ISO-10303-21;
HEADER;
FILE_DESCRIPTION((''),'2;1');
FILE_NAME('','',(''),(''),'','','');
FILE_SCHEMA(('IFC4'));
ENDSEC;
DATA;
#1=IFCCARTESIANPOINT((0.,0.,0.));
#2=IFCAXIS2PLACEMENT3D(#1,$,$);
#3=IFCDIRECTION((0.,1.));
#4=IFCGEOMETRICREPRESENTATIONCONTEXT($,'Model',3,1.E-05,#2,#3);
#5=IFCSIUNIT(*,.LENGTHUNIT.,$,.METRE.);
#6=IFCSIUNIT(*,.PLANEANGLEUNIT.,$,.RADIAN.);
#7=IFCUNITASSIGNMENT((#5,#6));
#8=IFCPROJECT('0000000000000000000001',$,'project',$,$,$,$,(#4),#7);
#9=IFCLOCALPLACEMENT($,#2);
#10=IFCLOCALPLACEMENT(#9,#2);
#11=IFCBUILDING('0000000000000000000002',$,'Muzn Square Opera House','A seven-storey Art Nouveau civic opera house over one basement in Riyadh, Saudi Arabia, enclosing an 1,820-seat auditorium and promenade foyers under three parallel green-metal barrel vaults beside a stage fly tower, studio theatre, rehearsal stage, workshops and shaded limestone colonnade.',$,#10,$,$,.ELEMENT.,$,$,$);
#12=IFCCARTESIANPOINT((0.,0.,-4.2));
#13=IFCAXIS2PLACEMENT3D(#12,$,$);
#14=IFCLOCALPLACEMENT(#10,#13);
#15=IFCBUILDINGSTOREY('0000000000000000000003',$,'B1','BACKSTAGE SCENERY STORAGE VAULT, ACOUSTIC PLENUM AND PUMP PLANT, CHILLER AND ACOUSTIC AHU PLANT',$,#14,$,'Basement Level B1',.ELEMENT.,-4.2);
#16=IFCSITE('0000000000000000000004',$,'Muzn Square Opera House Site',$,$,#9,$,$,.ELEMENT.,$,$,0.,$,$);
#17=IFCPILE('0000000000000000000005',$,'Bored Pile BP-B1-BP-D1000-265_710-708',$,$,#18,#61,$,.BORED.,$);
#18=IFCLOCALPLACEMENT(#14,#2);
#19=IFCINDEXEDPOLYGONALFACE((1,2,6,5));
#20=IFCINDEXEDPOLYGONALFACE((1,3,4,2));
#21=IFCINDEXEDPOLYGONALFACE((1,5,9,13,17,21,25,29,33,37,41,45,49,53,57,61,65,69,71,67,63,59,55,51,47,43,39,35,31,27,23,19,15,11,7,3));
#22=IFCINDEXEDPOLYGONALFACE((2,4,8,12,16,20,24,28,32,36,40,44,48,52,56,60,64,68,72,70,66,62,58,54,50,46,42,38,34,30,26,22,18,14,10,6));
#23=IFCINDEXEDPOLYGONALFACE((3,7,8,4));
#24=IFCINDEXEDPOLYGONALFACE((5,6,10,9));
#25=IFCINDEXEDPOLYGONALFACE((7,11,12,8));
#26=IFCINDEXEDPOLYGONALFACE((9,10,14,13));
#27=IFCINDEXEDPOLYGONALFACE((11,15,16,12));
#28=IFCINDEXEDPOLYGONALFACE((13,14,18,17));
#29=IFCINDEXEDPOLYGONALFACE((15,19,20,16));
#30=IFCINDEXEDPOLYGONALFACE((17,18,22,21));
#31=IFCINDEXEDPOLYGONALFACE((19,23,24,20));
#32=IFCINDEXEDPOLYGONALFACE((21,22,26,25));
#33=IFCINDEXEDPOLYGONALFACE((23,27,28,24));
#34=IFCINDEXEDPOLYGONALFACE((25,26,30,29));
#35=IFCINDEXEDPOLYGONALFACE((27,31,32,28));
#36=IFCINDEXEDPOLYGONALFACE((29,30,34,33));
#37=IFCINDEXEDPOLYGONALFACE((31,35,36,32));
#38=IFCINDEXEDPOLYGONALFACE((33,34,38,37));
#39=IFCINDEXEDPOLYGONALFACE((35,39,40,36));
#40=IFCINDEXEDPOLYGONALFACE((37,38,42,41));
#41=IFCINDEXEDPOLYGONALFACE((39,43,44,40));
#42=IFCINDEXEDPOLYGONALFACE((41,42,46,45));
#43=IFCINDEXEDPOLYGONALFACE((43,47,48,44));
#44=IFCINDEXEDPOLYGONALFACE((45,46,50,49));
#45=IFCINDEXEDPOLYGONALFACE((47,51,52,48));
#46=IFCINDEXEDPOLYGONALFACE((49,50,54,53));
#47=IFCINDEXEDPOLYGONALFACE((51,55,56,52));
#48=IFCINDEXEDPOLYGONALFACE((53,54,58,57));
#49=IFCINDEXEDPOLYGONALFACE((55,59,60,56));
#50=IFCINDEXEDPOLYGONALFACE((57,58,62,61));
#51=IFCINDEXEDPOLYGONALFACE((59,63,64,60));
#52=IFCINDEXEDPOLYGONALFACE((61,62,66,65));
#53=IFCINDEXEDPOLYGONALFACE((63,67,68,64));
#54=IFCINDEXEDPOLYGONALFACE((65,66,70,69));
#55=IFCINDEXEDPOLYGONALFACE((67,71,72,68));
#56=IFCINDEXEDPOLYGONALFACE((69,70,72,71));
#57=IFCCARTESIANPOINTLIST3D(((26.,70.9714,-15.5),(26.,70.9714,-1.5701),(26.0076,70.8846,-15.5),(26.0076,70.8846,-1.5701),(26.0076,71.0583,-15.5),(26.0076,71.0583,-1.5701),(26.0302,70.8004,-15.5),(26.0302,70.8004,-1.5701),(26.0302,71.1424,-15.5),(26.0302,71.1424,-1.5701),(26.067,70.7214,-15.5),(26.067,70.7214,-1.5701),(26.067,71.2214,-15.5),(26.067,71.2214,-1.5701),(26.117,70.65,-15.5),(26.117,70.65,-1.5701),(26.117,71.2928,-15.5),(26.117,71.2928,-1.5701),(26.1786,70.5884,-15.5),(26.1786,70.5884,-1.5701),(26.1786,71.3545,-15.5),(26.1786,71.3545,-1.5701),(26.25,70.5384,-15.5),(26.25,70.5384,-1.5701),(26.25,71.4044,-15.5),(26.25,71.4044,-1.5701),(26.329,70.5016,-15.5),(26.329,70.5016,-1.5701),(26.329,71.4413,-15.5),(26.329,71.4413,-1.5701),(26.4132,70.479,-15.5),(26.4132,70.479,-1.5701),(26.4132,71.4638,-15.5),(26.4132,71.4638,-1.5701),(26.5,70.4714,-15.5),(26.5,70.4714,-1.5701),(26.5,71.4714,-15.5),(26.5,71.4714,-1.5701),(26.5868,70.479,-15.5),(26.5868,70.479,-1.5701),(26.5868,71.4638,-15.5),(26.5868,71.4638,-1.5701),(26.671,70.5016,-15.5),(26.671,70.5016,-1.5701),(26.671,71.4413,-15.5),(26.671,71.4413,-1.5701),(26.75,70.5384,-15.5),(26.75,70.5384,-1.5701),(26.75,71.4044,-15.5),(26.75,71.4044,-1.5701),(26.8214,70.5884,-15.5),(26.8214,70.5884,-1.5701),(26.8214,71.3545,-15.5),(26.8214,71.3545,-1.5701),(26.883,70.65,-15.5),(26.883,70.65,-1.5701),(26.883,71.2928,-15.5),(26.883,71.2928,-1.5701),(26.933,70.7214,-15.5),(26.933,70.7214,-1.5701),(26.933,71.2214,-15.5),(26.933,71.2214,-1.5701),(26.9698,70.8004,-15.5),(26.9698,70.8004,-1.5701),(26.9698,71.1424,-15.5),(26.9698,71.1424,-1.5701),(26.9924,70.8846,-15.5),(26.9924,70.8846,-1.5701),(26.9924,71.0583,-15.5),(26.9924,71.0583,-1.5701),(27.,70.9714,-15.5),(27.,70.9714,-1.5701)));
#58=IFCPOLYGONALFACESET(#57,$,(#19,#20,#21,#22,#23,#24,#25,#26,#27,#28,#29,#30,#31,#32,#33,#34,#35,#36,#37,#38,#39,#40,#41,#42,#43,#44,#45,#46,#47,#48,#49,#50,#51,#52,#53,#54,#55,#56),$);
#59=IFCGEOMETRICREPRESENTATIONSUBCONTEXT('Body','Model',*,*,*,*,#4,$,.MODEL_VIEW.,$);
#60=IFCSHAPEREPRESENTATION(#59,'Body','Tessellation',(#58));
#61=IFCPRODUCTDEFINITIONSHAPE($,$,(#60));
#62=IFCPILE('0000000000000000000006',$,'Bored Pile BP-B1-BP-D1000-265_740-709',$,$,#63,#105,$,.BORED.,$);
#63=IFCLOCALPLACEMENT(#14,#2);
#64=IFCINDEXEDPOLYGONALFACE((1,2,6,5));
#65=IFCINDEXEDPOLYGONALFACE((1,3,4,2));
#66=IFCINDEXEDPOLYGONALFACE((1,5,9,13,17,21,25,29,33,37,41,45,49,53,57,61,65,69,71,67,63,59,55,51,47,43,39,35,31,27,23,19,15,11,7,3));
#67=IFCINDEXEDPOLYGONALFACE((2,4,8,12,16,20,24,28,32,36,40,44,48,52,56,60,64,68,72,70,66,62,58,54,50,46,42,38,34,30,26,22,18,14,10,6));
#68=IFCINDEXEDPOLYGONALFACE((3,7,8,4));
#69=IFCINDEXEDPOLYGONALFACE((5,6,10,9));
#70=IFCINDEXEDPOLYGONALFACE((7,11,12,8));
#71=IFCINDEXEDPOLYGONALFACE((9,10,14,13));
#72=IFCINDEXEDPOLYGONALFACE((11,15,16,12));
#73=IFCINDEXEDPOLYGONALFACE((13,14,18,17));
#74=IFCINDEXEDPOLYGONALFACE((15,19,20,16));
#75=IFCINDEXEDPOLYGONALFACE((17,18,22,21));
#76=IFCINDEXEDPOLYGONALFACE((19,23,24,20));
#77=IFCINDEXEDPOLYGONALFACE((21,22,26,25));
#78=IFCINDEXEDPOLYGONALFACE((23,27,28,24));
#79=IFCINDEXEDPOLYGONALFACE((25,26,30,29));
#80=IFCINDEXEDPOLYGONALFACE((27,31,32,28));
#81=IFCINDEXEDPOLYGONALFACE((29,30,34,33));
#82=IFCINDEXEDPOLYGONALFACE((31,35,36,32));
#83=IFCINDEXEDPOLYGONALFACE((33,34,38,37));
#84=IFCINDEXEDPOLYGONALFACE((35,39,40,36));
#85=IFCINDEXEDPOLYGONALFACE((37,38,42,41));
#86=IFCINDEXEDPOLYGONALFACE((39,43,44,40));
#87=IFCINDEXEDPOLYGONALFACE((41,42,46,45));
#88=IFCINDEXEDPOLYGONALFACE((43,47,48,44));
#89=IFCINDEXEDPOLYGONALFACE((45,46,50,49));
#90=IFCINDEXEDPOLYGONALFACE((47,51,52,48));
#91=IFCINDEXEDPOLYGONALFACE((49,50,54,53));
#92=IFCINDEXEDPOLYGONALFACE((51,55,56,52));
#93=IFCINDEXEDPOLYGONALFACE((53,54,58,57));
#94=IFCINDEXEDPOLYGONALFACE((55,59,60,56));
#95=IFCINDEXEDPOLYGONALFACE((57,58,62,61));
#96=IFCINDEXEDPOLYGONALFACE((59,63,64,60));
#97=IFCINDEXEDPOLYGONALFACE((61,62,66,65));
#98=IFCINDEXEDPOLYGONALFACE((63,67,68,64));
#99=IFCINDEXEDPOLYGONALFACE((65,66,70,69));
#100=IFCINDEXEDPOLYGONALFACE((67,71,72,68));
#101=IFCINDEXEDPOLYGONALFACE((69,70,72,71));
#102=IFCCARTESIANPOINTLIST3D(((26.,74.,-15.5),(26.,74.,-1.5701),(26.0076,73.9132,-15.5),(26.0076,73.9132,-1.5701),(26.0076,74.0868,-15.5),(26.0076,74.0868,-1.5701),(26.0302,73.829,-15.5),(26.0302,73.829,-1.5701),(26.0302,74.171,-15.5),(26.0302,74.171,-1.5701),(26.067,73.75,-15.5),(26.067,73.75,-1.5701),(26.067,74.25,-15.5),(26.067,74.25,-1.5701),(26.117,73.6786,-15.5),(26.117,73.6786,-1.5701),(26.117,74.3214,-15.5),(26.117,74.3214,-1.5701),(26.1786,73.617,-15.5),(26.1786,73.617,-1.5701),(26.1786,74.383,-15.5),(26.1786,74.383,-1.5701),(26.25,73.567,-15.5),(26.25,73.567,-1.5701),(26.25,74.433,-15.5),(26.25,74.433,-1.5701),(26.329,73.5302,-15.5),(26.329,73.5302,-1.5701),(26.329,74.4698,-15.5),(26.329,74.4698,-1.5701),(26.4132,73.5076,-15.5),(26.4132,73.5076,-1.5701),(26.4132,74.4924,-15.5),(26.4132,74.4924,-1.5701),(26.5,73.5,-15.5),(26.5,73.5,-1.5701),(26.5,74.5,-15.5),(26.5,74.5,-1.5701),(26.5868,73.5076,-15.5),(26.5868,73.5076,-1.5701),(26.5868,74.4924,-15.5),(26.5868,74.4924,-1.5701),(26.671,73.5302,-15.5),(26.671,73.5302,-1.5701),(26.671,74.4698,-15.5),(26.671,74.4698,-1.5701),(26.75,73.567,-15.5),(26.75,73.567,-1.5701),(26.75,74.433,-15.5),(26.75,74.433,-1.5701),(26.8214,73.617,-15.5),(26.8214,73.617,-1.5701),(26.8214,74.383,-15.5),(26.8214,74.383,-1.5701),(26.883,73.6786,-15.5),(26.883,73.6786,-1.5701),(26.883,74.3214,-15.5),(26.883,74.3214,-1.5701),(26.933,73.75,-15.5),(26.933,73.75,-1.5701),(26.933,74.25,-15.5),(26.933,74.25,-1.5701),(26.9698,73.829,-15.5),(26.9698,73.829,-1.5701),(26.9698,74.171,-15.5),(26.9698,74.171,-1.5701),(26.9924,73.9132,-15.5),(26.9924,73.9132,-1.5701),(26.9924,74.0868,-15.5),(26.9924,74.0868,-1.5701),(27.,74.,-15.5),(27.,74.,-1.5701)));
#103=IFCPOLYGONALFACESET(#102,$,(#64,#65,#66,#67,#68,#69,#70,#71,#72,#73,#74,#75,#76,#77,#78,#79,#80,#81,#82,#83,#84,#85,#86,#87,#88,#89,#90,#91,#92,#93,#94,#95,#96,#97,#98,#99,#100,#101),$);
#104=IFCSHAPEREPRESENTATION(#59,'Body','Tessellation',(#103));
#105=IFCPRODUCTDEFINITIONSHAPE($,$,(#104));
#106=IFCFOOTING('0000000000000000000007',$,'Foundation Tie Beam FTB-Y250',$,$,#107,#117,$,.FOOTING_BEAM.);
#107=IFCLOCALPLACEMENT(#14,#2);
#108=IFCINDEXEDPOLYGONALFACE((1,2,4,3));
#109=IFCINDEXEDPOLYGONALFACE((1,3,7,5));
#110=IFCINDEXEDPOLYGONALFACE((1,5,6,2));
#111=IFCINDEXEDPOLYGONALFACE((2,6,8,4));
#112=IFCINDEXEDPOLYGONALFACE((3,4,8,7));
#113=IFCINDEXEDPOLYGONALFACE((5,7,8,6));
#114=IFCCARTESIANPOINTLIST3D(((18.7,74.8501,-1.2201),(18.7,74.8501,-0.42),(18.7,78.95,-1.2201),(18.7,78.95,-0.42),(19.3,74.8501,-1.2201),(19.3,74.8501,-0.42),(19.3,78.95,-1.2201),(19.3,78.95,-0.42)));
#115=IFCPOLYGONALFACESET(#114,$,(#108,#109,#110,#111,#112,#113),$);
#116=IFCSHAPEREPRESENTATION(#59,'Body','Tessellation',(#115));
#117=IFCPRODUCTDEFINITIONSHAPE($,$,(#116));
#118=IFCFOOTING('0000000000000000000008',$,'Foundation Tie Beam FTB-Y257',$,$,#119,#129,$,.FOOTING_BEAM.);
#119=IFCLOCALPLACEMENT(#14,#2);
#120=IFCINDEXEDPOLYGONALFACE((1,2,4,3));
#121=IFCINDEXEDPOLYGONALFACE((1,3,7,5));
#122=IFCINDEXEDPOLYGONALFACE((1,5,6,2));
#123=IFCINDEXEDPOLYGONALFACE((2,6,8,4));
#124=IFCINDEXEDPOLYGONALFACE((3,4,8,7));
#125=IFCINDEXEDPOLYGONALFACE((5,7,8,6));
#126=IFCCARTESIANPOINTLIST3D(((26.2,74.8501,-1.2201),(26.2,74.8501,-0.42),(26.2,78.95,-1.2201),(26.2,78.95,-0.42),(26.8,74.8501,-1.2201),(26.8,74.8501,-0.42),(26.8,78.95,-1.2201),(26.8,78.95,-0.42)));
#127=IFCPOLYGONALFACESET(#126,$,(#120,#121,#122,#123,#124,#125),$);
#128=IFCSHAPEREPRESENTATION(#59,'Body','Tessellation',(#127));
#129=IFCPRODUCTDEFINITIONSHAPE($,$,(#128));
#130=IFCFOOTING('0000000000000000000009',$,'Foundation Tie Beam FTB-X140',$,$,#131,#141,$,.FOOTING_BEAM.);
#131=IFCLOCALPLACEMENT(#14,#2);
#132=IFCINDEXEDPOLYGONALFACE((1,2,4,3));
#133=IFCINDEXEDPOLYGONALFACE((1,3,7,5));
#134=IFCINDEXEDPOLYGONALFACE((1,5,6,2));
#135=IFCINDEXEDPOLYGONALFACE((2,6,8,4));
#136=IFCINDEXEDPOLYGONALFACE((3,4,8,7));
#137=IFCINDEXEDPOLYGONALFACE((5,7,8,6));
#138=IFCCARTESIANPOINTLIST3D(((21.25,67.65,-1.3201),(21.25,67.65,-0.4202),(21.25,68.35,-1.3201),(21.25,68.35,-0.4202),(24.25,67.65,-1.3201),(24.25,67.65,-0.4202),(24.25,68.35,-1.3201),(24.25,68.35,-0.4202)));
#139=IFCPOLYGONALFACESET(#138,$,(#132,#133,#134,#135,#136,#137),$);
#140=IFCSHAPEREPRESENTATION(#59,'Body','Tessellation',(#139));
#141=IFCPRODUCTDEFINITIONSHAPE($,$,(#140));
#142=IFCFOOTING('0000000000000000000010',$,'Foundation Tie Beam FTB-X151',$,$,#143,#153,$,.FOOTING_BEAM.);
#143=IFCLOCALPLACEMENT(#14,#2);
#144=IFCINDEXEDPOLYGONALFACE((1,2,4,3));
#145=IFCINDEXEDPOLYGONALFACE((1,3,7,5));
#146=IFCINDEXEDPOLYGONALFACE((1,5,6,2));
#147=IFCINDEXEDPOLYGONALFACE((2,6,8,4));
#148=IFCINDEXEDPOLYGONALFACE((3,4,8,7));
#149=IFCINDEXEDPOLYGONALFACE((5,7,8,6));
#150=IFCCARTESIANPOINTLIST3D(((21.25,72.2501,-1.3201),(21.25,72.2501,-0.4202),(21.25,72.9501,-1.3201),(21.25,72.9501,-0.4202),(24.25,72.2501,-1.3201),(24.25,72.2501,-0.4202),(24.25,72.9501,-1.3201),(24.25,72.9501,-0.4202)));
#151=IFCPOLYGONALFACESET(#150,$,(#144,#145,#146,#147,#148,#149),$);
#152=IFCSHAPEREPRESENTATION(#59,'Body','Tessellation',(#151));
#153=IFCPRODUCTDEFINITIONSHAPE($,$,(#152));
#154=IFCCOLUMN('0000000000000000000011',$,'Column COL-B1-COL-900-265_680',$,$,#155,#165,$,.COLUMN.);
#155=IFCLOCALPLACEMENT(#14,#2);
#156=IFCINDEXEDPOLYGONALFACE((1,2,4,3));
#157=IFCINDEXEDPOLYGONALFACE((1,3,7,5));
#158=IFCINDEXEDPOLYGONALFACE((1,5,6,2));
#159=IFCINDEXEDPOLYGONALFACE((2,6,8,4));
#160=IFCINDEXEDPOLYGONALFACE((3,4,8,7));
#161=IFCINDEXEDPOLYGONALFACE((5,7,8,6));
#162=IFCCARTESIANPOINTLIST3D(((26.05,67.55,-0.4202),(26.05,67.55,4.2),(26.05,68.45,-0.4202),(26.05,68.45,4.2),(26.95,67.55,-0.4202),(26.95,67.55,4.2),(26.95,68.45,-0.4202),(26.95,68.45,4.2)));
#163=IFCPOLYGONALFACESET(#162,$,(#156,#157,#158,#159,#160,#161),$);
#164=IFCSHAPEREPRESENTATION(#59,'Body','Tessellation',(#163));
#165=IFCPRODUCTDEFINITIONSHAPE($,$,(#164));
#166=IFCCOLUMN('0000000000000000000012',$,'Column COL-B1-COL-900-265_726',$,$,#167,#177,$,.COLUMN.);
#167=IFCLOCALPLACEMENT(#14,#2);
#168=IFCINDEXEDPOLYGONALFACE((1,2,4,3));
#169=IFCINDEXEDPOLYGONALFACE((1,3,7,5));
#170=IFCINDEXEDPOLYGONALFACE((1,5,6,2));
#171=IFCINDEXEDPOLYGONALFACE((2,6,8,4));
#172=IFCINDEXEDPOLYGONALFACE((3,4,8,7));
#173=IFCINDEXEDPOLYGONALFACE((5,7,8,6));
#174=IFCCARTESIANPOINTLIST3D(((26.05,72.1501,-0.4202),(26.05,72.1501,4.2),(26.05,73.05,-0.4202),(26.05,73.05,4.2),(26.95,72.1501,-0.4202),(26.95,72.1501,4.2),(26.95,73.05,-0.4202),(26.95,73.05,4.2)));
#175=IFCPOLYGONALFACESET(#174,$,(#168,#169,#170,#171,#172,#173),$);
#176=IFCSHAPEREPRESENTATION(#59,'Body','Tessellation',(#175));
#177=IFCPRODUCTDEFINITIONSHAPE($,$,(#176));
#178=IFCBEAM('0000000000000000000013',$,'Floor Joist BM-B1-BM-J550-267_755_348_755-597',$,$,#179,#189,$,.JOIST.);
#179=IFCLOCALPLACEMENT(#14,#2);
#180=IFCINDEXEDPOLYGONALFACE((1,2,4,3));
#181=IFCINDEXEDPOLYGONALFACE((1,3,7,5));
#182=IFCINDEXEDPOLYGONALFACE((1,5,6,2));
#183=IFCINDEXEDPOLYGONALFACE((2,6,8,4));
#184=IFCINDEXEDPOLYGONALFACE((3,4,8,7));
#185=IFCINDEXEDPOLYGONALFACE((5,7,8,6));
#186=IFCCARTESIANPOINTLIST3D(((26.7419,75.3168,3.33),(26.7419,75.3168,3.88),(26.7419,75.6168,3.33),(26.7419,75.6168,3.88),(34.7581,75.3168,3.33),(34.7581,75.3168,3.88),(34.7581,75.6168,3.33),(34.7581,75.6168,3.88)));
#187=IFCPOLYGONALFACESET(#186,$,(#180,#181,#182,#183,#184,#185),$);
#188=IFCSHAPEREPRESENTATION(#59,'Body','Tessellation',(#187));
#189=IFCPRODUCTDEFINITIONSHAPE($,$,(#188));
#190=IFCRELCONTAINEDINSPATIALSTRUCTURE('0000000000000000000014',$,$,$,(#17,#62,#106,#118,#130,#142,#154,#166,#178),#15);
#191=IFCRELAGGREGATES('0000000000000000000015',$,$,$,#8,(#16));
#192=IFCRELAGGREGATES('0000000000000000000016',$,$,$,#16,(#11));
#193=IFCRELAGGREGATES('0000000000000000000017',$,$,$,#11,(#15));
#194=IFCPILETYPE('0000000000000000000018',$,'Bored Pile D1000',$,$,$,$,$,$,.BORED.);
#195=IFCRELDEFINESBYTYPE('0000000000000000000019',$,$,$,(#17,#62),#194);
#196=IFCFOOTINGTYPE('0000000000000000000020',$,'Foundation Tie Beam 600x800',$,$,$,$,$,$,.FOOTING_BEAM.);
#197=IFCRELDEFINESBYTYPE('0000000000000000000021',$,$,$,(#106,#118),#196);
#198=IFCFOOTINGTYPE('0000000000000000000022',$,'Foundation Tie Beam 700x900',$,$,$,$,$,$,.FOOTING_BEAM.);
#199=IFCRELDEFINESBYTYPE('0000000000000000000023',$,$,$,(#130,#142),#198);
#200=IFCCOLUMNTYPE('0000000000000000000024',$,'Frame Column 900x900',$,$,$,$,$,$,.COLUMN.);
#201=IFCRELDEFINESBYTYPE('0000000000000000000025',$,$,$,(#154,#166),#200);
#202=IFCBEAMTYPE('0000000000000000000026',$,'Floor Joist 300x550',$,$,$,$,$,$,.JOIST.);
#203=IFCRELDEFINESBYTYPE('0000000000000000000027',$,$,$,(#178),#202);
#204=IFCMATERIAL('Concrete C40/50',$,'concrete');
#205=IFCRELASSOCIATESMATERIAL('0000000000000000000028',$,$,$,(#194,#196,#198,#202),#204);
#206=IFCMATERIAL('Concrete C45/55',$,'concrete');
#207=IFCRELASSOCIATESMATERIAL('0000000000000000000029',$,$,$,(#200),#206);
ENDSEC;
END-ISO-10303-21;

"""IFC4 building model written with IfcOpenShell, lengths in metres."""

from ifc_helpers import new_model, si_unit, direction, frame, origin, origin_2d, place, context, subcontext, project, spatial, rectangle, circle, extrude, material, material_profile, profile_set, type_object, element, save


model = new_model("IFC4")

# Units and contexts
model_context = context("Model", 3, precision=1e-05, world=origin(), true_north=direction((0.0, 1.0)))
body_context = subcontext(model_context, "Body", "Model", "MODEL_VIEW")
ifc_project = project(units=[si_unit("LENGTHUNIT", "METRE"), si_unit("PLANEANGLEUNIT", "RADIAN")], contexts=[model_context])

# Site, building, storey
site_placement = place(None, origin())
site = spatial("IfcSite", under=ifc_project, at=site_placement, Name="Muzn Square Opera House Site", CompositionType="ELEMENT", RefElevation=0.0)
building_placement = place(site_placement, origin())
building = spatial("IfcBuilding", under=site, at=building_placement, Name="Muzn Square Opera House", Description="A seven-storey Art Nouveau civic opera house over one basement in Riyadh, Saudi Arabia, enclosing an 1,820-seat auditorium and promenade foyers under three parallel green-metal barrel vaults beside a stage fly tower, studio theatre, rehearsal stage, workshops and shaded limestone colonnade.", CompositionType="ELEMENT")
storey_placement = place(building_placement, frame((0.0, 0.0, -4.2)))
storey = spatial("IfcBuildingStorey", under=building, at=storey_placement, Name="B1", Description="BACKSTAGE SCENERY STORAGE VAULT, ACOUSTIC PLENUM AND PUMP PLANT, CHILLER AND ACOUSTIC AHU PLANT", LongName="Basement Level B1", CompositionType="ELEMENT", Elevation=-4.2)

# Piles
ifc_material_1 = material(Name="Concrete C40/50", Category="concrete")
ifc_material_profile_1 = material_profile(ifc_material_1, circle(Radius=0.5, at=origin_2d()), Name="BORED PILE D1000", Category="concrete")
ifc_profile_set_1 = profile_set([ifc_material_profile_1], Name="Concrete C40/50")
pile_type = type_object("IfcPileType", Name="Bored Pile D1000", PredefinedType="BORED", material=ifc_profile_set_1)
for number, where, z_axis, x_axis, name in (
    (1, (26.5, 70.9714, -1.5701), (0.0, 0.0, -1.0), (1.0, 0.0, 0.0), "Bored Pile BP-B1-BP-D1000-265_710-708"),
    (2, (26.5, 74.0, -1.5701), (0.0, 0.0, -1.0), (1.0, 0.0, 0.0), "Bored Pile BP-B1-BP-D1000-265_740-709"),
):
    element("IfcPile", number, at=place(storey_placement, frame(where, z_axis=z_axis, x_axis=x_axis)), inside=storey, type_object=pile_type, Name=name, PredefinedType="BORED", context=body_context, shape_type="SweptSolid", body=[
        extrude(circle(Radius=0.5, at=origin_2d()), origin(), (0.0, 0.0, 1.0), 13.9299),
    ])

# Footings
ifc_material_profile_2 = material_profile(ifc_material_1, rectangle(XDim=0.6001, YDim=0.8, at=origin_2d()), Name="RCTB 600x800", Category="concrete")
ifc_profile_set_2 = profile_set([ifc_material_profile_2], Name="Concrete C40/50")
footing_type_1 = type_object("IfcFootingType", Name="Foundation Tie Beam 600x800", PredefinedType="FOOTING_BEAM", material=ifc_profile_set_2)
for number, where, z_axis, x_axis, name in (
    (3, (19.0, 74.8501, -0.8201), (0.0, 1.0, 0.0), (-1.0, 0.0, 0.0), "Foundation Tie Beam FTB-Y250"),
    (4, (26.5, 74.8501, -0.8201), (0.0, 1.0, 0.0), (-1.0, 0.0, 0.0), "Foundation Tie Beam FTB-Y257"),
):
    element("IfcFooting", number, at=place(storey_placement, frame(where, z_axis=z_axis, x_axis=x_axis)), inside=storey, type_object=footing_type_1, Name=name, PredefinedType="FOOTING_BEAM", context=body_context, shape_type="SweptSolid", body=[
        extrude(rectangle(XDim=0.6001, YDim=0.8, at=origin_2d()), origin(), (0.0, 0.0, 1.0), 4.0999),
    ])
ifc_material_profile_3 = material_profile(ifc_material_1, rectangle(XDim=0.7, YDim=0.8999, at=origin_2d()), Name="RCTB 700x900", Category="concrete")
ifc_profile_set_3 = profile_set([ifc_material_profile_3], Name="Concrete C40/50")
footing_type_2 = type_object("IfcFootingType", Name="Foundation Tie Beam 700x900", PredefinedType="FOOTING_BEAM", material=ifc_profile_set_3)
for number, where, z_axis, x_axis, name in (
    (5, (21.25, 68.0, -0.8701), (1.0, 0.0, 0.0), (0.0, 1.0, 0.0), "Foundation Tie Beam FTB-X140"),
    (6, (21.25, 72.6001, -0.8701), (1.0, 0.0, 0.0), (0.0, 1.0, 0.0), "Foundation Tie Beam FTB-X151"),
):
    element("IfcFooting", number, at=place(storey_placement, frame(where, z_axis=z_axis, x_axis=x_axis)), inside=storey, type_object=footing_type_2, Name=name, PredefinedType="FOOTING_BEAM", context=body_context, shape_type="SweptSolid", body=[
        extrude(rectangle(XDim=0.7, YDim=0.8999, at=origin_2d()), origin(), (0.0, 0.0, 1.0), 3.0),
    ])

# Columns
ifc_material_2 = material(Name="Concrete C45/55", Category="concrete")
ifc_material_profile_4 = material_profile(ifc_material_2, rectangle(XDim=0.8999, YDim=0.8999, at=origin_2d()), Name="RC 900x900", Category="concrete")
ifc_profile_set_4 = profile_set([ifc_material_profile_4], Name="Concrete C45/55")
column_type = type_object("IfcColumnType", Name="Frame Column 900x900", PredefinedType="COLUMN", material=ifc_profile_set_4)
for number, where, z_axis, x_axis, name in (
    (7, (26.5, 68.0, -0.4202), (0.0, 0.0, 1.0), (1.0, 0.0, 0.0), "Column COL-B1-COL-900-265_680"),
    (8, (26.5, 72.6001, -0.4202), (0.0, 0.0, 1.0), (1.0, 0.0, 0.0), "Column COL-B1-COL-900-265_726"),
):
    element("IfcColumn", number, at=place(storey_placement, frame(where, z_axis=z_axis, x_axis=x_axis)), inside=storey, type_object=column_type, Name=name, PredefinedType="COLUMN", context=body_context, shape_type="SweptSolid", body=[
        extrude(rectangle(XDim=0.8999, YDim=0.8999, at=origin_2d()), origin(), (0.0, 0.0, 1.0), 4.6201),
    ])

# Beam
ifc_material_profile_5 = material_profile(ifc_material_1, rectangle(XDim=0.3, YDim=0.55, at=origin_2d()), Name="RCJ 300x550", Category="concrete")
ifc_profile_set_5 = profile_set([ifc_material_profile_5], Name="Concrete C40/50")
beam_type_1 = type_object("IfcBeamType", Name="Floor Joist 300x550", PredefinedType="JOIST", material=ifc_profile_set_5)
beam_1_placement = place(storey_placement, frame((26.7419, 75.4668, 3.605), z_axis=(1.0, 0.0, 0.0), x_axis=(0.0, 1.0, 0.0)))
element("IfcBeam", 9, at=beam_1_placement, inside=storey, type_object=beam_type_1, Name="Floor Joist BM-B1-BM-J550-267_755_348_755-597", PredefinedType="JOIST", context=body_context, shape_type="SweptSolid", body=[
    extrude(rectangle(XDim=0.3, YDim=0.55, at=origin_2d()), origin(), (0.0, 0.0, 1.0), 8.0161),
])

save(model, "model.ifc")
